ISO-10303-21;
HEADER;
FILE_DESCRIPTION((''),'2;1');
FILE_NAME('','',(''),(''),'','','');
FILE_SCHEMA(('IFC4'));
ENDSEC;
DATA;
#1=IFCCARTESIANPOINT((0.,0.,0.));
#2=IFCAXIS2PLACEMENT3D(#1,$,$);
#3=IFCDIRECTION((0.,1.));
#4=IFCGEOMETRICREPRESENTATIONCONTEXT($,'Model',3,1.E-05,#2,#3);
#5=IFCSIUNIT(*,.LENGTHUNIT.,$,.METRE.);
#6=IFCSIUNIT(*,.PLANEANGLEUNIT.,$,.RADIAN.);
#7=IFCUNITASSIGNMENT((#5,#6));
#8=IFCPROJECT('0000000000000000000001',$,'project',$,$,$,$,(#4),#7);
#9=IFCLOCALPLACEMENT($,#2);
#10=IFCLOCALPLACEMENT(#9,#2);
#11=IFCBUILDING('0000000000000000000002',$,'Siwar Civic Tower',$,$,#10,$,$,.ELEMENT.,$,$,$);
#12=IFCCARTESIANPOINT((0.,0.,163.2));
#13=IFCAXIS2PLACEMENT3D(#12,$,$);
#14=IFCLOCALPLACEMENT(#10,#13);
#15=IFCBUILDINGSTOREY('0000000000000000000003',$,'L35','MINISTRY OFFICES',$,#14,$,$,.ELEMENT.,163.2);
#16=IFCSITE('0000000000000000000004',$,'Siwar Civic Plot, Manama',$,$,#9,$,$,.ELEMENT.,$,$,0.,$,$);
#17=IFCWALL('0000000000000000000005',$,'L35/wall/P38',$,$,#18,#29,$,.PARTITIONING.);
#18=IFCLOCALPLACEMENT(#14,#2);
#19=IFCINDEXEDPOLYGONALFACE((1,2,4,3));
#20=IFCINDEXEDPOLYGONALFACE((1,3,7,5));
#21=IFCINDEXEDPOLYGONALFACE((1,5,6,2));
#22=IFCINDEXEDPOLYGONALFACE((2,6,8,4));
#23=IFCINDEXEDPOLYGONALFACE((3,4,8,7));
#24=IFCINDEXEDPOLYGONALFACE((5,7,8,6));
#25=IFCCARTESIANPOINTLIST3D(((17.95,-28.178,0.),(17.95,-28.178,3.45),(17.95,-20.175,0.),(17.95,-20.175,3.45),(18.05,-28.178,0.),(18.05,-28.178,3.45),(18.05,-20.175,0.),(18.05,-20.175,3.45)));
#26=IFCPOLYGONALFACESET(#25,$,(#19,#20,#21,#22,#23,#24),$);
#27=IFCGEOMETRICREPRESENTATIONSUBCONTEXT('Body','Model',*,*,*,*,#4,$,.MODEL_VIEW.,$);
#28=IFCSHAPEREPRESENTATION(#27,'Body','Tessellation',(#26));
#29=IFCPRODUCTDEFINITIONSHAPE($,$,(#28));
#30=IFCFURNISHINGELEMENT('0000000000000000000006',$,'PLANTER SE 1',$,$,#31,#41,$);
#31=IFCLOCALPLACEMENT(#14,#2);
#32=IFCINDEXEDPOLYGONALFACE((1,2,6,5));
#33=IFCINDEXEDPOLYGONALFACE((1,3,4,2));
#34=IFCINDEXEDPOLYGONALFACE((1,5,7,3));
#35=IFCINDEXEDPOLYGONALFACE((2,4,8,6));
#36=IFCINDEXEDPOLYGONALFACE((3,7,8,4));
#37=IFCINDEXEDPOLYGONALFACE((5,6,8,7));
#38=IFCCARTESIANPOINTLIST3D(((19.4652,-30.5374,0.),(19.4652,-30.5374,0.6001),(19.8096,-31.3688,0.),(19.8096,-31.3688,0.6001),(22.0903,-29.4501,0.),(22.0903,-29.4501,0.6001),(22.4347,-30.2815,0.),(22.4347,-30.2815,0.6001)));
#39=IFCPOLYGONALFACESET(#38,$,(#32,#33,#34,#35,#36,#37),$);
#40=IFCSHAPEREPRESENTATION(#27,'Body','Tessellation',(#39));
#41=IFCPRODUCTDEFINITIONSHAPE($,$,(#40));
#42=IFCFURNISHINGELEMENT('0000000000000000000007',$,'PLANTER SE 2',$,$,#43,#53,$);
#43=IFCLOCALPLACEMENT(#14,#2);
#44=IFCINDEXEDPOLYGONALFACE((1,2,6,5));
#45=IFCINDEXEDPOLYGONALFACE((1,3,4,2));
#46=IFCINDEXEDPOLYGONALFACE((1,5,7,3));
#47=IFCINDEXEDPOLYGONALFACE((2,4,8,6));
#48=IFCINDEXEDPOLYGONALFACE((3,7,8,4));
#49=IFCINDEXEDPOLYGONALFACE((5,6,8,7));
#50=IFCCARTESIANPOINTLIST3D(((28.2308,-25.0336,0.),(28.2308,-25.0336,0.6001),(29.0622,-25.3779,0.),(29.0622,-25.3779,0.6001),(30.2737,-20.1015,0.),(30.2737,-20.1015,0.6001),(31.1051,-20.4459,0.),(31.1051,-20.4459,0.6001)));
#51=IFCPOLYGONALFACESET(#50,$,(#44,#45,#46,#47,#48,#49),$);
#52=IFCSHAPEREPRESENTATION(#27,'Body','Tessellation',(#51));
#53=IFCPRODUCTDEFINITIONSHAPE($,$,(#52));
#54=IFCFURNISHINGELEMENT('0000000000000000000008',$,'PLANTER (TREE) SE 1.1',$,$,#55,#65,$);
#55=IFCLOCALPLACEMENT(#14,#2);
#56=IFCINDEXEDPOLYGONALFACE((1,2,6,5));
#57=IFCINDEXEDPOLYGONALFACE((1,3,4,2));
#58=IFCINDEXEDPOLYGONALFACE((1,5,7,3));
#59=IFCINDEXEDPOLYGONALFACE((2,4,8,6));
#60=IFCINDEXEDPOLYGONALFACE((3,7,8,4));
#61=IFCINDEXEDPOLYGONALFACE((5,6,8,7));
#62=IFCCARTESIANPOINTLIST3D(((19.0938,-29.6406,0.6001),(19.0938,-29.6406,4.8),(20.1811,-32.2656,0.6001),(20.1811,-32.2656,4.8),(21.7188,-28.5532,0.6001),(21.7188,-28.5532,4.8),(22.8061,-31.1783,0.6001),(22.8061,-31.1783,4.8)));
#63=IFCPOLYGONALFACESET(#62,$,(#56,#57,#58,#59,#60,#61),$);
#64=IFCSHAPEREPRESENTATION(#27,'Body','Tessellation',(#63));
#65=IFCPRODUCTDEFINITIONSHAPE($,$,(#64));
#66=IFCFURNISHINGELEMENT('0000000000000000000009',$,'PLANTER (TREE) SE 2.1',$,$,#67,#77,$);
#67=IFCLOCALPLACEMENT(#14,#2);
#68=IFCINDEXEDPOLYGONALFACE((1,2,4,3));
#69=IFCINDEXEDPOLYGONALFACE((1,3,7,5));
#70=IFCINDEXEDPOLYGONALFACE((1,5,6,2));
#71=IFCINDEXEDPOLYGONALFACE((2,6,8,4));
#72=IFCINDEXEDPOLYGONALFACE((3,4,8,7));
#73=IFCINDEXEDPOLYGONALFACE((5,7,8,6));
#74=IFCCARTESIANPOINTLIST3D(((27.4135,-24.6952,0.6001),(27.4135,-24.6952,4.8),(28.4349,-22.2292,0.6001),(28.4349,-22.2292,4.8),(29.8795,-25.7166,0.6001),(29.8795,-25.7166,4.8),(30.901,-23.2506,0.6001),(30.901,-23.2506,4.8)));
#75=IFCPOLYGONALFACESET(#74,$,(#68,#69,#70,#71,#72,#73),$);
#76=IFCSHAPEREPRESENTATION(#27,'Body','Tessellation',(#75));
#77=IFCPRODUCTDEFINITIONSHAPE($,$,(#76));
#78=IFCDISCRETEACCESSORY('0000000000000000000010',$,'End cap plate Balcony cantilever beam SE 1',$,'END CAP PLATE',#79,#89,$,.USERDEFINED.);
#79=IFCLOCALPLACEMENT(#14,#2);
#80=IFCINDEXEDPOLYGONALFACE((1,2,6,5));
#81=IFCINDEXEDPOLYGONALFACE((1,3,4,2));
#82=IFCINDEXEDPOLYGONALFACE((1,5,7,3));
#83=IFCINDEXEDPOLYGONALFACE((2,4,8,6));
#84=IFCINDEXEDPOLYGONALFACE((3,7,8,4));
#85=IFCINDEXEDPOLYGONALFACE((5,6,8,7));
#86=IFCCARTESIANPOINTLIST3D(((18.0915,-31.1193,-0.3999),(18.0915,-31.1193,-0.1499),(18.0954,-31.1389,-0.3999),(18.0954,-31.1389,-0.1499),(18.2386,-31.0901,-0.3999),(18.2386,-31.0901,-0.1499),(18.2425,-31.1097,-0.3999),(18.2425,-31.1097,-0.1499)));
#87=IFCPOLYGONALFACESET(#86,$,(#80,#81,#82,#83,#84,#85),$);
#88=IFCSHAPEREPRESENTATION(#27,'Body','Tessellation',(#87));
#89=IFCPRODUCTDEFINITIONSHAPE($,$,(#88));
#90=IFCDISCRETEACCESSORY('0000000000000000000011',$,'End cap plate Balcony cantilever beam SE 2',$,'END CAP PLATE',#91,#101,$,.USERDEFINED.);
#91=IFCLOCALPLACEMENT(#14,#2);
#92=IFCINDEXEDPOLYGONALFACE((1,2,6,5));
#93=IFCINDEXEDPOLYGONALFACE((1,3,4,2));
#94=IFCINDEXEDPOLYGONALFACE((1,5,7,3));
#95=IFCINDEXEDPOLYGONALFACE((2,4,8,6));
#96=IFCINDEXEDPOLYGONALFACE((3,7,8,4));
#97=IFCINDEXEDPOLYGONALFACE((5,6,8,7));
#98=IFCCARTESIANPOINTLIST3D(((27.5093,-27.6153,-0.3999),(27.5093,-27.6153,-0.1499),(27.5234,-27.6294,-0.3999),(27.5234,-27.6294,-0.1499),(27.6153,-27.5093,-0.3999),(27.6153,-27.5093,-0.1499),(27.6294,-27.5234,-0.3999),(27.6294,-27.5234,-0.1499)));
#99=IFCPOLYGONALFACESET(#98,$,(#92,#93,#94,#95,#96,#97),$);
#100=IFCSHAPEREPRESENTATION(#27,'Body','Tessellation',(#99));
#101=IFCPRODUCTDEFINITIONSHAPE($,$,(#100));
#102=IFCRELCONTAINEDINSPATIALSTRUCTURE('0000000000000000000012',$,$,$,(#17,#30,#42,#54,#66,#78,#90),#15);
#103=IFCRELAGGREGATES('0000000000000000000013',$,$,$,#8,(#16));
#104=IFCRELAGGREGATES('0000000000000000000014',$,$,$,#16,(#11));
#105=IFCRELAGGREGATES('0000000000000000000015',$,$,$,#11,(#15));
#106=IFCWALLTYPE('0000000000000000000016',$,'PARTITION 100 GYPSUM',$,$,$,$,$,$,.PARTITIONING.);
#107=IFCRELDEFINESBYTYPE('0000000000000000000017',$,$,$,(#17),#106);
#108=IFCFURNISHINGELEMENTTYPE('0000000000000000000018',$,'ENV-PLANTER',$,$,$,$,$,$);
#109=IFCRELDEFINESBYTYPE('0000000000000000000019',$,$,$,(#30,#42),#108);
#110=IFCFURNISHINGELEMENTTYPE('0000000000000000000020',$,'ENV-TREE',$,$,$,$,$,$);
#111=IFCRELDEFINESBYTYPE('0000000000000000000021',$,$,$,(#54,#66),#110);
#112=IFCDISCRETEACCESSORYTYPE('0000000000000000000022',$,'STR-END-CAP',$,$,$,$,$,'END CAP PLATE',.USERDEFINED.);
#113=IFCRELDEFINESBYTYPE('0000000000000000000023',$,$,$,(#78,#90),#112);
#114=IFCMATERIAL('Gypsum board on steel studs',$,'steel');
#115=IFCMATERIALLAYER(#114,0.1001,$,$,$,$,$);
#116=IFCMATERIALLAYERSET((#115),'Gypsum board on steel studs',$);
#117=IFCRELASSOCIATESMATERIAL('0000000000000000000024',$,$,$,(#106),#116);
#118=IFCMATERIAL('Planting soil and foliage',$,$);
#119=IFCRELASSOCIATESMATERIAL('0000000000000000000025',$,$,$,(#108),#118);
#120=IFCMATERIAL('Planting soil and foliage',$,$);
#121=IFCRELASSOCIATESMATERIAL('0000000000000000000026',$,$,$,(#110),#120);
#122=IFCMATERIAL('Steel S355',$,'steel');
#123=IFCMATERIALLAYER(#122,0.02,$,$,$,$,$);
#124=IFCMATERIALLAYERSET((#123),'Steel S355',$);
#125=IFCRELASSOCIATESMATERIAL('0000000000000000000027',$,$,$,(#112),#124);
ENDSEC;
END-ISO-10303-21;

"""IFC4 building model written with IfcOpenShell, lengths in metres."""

from ifc_helpers import new_model, si_unit, direction, frame, frame_2d, origin, origin_2d, place, context, subcontext, project, spatial, rectangle, extrude, material, layer, layer_set, type_object, element, save


model = new_model("IFC4")

# Units and contexts
model_context = context("Model", 3, precision=1e-05, world=origin(), true_north=direction((0.0, 1.0)))
body_context = subcontext(model_context, "Body", "Model", "MODEL_VIEW")
ifc_project = project(units=[si_unit("LENGTHUNIT", "METRE"), si_unit("PLANEANGLEUNIT", "RADIAN")], contexts=[model_context])

# Site, building, storey
site_placement = place(None, origin())
site = spatial("IfcSite", under=ifc_project, at=site_placement, Name="Siwar Civic Plot, Manama", CompositionType="ELEMENT", RefElevation=0.0)
building_placement = place(site_placement, origin())
building = spatial("IfcBuilding", under=site, at=building_placement, Name="Siwar Civic Tower", CompositionType="ELEMENT")
storey_placement = place(building_placement, frame((0.0, 0.0, 163.2)))
storey = spatial("IfcBuildingStorey", under=building, at=storey_placement, Name="L35", Description="MINISTRY OFFICES", CompositionType="ELEMENT", Elevation=163.2)

# Wall
ifc_material_1 = material(Name="Gypsum board on steel studs", Category="steel")
ifc_layer_1 = layer(ifc_material_1, 0.1001)
ifc_layer_set_1 = layer_set([ifc_layer_1], Name="Gypsum board on steel studs")
wall_type_1 = type_object("IfcWallType", Name="PARTITION 100 GYPSUM", PredefinedType="PARTITIONING", material=ifc_layer_set_1)
wall_1_placement = place(storey_placement, frame((18.0, -28.178, 0.0), z_axis=(0.0, 0.0, 1.0), x_axis=(0.0, 1.0, 0.0)))
element("IfcWall", 1, at=wall_1_placement, inside=storey, type_object=wall_type_1, Name="L35/wall/P38", PredefinedType="PARTITIONING", context=body_context, shape_type="SweptSolid", body=[
    extrude(rectangle(XDim=8.0029, YDim=0.1001, at=frame_2d((4.0015, 0.0))), origin(), (0.0, 0.0, 1.0), 3.45),
])

# Furnishing elements
ifc_material_2 = material(Name="Planting soil and foliage")
furnishing_element_type_1 = type_object("IfcFurnishingElementType", Name="ENV-PLANTER", material=ifc_material_2)
furnishing_1_placement = place(storey_placement, frame((20.95, -30.4094, 0.0), z_axis=(0.0, 0.0, 1.0), x_axis=(0.92388, 0.382683, 0.0)))
element("IfcFurnishingElement", 2, at=furnishing_1_placement, inside=storey, type_object=furnishing_element_type_1, Name="PLANTER SE 1", context=body_context, shape_type="SweptSolid", body=[
    extrude(rectangle(XDim=2.8413, YDim=0.8999, at=origin_2d()), origin(), (0.0, 0.0, 1.0), 0.6001),
])
furnishing_2_placement = place(storey_placement, frame((29.668, -22.7397, 0.0), z_axis=(0.0, 0.0, 1.0), x_axis=(0.382683, 0.92388, 0.0)))
element("IfcFurnishingElement", 3, at=furnishing_2_placement, inside=storey, type_object=furnishing_element_type_1, Name="PLANTER SE 2", context=body_context, shape_type="SweptSolid", body=[
    extrude(rectangle(XDim=5.3384, YDim=0.8999, at=origin_2d()), origin(), (0.0, 0.0, 1.0), 0.6001),
])
ifc_material_3 = material(Name="Planting soil and foliage")
furnishing_element_type_2 = type_object("IfcFurnishingElementType", Name="ENV-TREE", material=ifc_material_3)
furnishing_3_placement = place(storey_placement, frame((20.95, -30.4094, 0.6001), z_axis=(0.0, 0.0, 1.0), x_axis=(0.92388, 0.382683, 0.0)))
element("IfcFurnishingElement", 4, at=furnishing_3_placement, inside=storey, type_object=furnishing_element_type_2, Name="PLANTER (TREE) SE 1.1", context=body_context, shape_type="SweptSolid", body=[
    extrude(rectangle(XDim=2.8413, YDim=2.8413, at=origin_2d()), origin(), (0.0, 0.0, 1.0), 4.2),
])
furnishing_4_placement = place(storey_placement, frame((29.1572, -23.9729, 0.6001), z_axis=(0.0, 0.0, 1.0), x_axis=(0.382683, 0.92388, 0.0)))
element("IfcFurnishingElement", 5, at=furnishing_4_placement, inside=storey, type_object=furnishing_element_type_2, Name="PLANTER (TREE) SE 2.1", context=body_context, shape_type="SweptSolid", body=[
    extrude(rectangle(XDim=2.6692, YDim=2.6692, at=origin_2d()), origin(), (0.0, 0.0, 1.0), 4.2),
])

# Discrete accessories
ifc_material_4 = material(Name="Steel S355", Category="steel")
ifc_layer_2 = layer(ifc_material_4, 0.02)
ifc_layer_set_2 = layer_set([ifc_layer_2], Name="Steel S355")
discrete_accessory_type = type_object("IfcDiscreteAccessoryType", Name="STR-END-CAP", ElementType="END CAP PLATE", PredefinedType="USERDEFINED", material=ifc_layer_set_2)
for number, where, z_axis, x_axis, name in (
    (6, (18.167, -31.1145, -0.3999), (0.0, 0.0, 1.0), (0.19509, -0.980785, 0.0), "End cap plate Balcony cantilever beam SE 1"),
    (7, (27.5693, -27.5693, -0.3999), (0.0, 0.0, 1.0), (0.707107, -0.707107, 0.0), "End cap plate Balcony cantilever beam SE 2"),
):
    element("IfcDiscreteAccessory", number, at=place(storey_placement, frame(where, z_axis=z_axis, x_axis=x_axis)), inside=storey, type_object=discrete_accessory_type, Name=name, ObjectType="END CAP PLATE", PredefinedType="USERDEFINED", context=body_context, shape_type="SweptSolid", body=[
        extrude(rectangle(XDim=0.02, YDim=0.1499, at=origin_2d()), origin(), (0.0, 0.0, 1.0), 0.25),
    ])

save(model, "model.ifc")
